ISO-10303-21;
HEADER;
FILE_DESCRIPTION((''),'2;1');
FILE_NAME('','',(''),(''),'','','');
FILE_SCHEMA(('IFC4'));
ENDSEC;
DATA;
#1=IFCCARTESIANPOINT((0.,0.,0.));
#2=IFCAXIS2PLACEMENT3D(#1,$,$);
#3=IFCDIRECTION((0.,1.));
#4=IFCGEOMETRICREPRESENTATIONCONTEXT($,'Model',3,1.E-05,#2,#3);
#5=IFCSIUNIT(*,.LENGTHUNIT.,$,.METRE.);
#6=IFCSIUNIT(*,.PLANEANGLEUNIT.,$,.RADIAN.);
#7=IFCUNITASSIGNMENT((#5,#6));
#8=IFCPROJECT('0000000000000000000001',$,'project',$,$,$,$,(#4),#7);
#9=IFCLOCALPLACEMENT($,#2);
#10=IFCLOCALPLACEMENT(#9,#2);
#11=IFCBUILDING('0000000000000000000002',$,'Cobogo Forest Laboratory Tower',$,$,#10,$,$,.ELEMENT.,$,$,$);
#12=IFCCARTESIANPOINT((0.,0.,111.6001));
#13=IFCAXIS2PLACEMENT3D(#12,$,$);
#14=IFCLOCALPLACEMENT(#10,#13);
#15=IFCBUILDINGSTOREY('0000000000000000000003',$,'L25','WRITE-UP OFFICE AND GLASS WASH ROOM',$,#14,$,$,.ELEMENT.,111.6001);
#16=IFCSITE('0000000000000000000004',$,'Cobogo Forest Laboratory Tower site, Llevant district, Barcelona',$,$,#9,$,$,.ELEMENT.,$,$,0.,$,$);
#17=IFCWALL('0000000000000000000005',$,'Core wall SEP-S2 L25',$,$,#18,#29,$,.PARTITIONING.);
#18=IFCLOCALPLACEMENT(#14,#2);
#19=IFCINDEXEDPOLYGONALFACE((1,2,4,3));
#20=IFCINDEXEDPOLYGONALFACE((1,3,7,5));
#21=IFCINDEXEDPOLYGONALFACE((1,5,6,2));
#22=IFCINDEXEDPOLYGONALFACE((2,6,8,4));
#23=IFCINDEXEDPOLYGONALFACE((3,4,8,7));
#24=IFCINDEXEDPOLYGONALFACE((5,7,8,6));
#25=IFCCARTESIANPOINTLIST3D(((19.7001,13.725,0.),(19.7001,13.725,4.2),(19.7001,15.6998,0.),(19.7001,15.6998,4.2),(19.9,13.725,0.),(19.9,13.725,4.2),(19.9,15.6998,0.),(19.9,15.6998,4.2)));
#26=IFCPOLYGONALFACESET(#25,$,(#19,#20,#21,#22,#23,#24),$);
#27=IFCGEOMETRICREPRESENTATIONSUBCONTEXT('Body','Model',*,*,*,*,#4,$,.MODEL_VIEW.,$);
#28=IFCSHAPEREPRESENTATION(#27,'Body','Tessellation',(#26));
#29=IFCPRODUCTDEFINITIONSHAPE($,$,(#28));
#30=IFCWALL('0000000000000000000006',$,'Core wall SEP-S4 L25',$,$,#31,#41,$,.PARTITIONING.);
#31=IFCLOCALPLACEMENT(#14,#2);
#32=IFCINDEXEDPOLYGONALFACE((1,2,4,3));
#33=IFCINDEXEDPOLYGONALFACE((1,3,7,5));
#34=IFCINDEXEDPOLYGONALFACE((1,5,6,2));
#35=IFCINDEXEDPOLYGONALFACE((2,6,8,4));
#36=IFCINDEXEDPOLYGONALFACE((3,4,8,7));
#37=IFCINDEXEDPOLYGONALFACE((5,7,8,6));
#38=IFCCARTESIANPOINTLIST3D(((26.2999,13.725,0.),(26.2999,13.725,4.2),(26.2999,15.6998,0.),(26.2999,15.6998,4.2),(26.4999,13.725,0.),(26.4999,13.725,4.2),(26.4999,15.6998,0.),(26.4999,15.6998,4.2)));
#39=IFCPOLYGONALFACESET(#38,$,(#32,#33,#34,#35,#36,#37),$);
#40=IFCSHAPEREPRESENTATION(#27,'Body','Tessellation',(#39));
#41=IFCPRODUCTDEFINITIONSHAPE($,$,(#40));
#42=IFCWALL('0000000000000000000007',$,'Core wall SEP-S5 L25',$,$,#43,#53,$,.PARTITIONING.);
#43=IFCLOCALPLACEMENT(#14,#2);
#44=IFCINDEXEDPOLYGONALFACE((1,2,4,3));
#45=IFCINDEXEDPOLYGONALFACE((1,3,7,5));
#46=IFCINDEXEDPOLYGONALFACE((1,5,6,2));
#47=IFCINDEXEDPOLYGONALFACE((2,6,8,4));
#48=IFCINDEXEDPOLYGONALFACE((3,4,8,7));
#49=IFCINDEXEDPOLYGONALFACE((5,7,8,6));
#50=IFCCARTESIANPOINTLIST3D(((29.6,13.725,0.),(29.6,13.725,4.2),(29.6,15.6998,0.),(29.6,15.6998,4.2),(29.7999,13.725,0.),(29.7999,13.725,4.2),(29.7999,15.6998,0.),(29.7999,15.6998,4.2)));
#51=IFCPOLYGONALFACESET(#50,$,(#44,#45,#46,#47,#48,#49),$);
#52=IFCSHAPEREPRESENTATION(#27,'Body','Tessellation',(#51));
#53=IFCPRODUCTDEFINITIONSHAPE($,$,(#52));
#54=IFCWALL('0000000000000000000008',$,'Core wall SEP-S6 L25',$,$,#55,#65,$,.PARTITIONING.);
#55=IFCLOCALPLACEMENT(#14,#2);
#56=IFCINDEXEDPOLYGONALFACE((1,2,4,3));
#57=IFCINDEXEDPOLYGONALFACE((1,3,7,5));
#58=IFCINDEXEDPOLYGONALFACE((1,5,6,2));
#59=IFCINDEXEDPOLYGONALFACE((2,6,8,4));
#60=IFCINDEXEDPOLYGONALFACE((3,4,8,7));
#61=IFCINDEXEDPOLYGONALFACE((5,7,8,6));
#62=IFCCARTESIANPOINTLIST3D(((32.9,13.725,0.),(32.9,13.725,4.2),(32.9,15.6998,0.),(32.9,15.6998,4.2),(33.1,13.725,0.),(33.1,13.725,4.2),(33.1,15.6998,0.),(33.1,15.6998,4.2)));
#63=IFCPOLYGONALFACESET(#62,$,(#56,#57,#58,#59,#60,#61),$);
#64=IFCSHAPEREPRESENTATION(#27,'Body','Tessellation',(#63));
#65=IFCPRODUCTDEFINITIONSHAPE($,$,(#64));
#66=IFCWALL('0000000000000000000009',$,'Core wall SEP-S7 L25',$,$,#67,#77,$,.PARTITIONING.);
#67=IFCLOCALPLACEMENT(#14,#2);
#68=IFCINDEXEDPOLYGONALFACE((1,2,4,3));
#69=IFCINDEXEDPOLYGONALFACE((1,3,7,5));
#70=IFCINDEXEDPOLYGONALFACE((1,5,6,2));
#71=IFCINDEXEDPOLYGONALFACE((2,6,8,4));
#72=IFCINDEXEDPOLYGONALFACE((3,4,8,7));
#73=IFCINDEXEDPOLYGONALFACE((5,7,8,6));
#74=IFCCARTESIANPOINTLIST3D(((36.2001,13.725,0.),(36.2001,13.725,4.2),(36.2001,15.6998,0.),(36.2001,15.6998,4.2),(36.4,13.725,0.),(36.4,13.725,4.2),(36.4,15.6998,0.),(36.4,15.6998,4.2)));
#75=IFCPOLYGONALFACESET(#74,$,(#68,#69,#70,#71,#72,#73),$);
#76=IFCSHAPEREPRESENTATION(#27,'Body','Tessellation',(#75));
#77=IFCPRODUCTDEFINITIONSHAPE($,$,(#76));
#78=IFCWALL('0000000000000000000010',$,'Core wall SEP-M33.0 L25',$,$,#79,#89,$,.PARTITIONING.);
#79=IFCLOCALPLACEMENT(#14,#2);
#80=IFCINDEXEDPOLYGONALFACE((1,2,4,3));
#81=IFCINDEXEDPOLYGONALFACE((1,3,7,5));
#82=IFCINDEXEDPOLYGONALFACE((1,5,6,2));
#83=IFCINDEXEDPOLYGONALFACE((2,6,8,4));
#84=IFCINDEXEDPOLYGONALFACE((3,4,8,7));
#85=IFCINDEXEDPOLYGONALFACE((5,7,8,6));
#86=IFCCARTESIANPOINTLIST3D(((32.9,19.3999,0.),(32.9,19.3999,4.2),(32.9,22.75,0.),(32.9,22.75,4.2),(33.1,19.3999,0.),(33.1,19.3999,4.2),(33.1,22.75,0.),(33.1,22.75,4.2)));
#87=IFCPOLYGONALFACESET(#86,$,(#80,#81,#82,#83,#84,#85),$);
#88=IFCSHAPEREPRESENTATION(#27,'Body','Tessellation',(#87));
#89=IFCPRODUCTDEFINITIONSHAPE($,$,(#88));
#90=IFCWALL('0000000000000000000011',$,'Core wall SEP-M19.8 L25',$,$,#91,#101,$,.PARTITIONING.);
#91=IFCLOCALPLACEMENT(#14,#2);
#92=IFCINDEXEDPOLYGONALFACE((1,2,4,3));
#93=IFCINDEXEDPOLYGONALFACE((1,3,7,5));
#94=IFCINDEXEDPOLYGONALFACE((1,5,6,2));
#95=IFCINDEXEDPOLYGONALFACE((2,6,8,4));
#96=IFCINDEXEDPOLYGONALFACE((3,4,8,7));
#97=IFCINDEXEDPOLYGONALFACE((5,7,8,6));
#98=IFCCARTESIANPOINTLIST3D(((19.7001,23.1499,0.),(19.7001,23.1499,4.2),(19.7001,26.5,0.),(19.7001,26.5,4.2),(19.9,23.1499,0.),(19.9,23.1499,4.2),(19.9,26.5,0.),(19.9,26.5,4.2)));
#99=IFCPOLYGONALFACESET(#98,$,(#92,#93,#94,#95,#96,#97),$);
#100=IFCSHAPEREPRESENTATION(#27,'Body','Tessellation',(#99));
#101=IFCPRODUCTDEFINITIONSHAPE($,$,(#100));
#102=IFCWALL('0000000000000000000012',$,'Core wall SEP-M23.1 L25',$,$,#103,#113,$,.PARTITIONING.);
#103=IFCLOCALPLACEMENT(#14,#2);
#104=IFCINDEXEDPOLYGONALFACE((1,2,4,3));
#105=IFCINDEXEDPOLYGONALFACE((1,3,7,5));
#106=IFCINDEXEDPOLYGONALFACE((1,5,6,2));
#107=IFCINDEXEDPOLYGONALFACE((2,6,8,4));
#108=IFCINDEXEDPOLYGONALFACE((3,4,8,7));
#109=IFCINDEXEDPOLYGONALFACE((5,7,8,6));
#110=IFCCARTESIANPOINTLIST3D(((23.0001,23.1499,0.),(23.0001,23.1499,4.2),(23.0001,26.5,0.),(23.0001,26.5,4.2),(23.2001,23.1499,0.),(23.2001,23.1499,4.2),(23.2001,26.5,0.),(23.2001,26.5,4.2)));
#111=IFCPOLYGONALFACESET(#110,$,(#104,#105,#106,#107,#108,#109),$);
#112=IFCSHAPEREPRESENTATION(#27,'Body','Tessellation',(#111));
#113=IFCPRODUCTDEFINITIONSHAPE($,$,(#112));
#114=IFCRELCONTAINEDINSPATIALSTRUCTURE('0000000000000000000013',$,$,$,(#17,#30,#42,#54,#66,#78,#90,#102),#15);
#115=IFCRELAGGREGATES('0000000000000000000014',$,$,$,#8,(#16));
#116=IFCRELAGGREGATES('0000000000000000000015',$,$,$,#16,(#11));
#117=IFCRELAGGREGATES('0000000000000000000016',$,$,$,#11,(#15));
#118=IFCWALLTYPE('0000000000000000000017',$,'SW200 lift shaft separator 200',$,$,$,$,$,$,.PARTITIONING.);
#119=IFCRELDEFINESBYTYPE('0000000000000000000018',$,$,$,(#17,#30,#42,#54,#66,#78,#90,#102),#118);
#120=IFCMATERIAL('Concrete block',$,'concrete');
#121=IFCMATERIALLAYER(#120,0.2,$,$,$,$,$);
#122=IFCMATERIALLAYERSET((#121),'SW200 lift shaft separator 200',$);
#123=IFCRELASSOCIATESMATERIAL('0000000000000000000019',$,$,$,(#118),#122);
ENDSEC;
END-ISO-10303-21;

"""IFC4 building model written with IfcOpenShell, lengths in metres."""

from ifc_helpers import new_model, si_unit, direction, frame, frame_2d, origin, place, context, subcontext, project, spatial, rectangle, extrude, material, layer, layer_set, type_object, element, save


model = new_model("IFC4")

# Units and contexts
model_context = context("Model", 3, precision=1e-05, world=origin(), true_north=direction((0.0, 1.0)))
body_context = subcontext(model_context, "Body", "Model", "MODEL_VIEW")
ifc_project = project(units=[si_unit("LENGTHUNIT", "METRE"), si_unit("PLANEANGLEUNIT", "RADIAN")], contexts=[model_context])

# Site, building, storey
site_placement = place(None, origin())
site = spatial("IfcSite", under=ifc_project, at=site_placement, Name="Cobogo Forest Laboratory Tower site, Llevant district, Barcelona", CompositionType="ELEMENT", RefElevation=0.0)
building_placement = place(site_placement, origin())
building = spatial("IfcBuilding", under=site, at=building_placement, Name="Cobogo Forest Laboratory Tower", CompositionType="ELEMENT")
storey_placement = place(building_placement, frame((0.0, 0.0, 111.6001)))
storey = spatial("IfcBuildingStorey", under=building, at=storey_placement, Name="L25", Description="WRITE-UP OFFICE AND GLASS WASH ROOM", CompositionType="ELEMENT", Elevation=111.6001)

# Walls
ifc_material_1 = material(Name="Concrete block", Category="concrete")
ifc_layer_1 = layer(ifc_material_1, 0.2)
ifc_layer_set_1 = layer_set([ifc_layer_1], Name="SW200 lift shaft separator 200")
wall_type_1 = type_object("IfcWallType", Name="SW200 lift shaft separator 200", PredefinedType="PARTITIONING", material=ifc_layer_set_1)
for number, where, z_axis, x_axis, name in (
    (1, (19.8, 13.7251, 0.0), (0.0, 0.0, 1.0), (0.0, 1.0, 0.0), "Core wall SEP-S2 L25"),
    (2, (26.3999, 13.7251, 0.0), (0.0, 0.0, 1.0), (0.0, 1.0, 0.0), "Core wall SEP-S4 L25"),
    (3, (29.7, 13.7251, 0.0), (0.0, 0.0, 1.0), (0.0, 1.0, 0.0), "Core wall SEP-S5 L25"),
    (4, (33.0, 13.7251, 0.0), (0.0, 0.0, 1.0), (0.0, 1.0, 0.0), "Core wall SEP-S6 L25"),
    (5, (36.3, 13.7251, 0.0), (0.0, 0.0, 1.0), (0.0, 1.0, 0.0), "Core wall SEP-S7 L25"),
):
    element("IfcWall", number, at=place(storey_placement, frame(where, z_axis=z_axis, x_axis=x_axis)), inside=storey, type_object=wall_type_1, Name=name, PredefinedType="PARTITIONING", context=body_context, shape_type="SweptSolid", body=[
        extrude(rectangle(XDim=1.9749, YDim=0.2, at=frame_2d((0.9873, 0.0))), origin(), (0.0, 0.0, 1.0), 4.2),
    ])
for number, where, z_axis, x_axis, name in (
    (6, (33.0, 19.3999, 0.0), (0.0, 0.0, 1.0), (0.0, 1.0, 0.0), "Core wall SEP-M33.0 L25"),
    (7, (19.8, 23.1499, 0.0), (0.0, 0.0, 1.0), (0.0, 1.0, 0.0), "Core wall SEP-M19.8 L25"),
    (8, (23.1001, 23.1499, 0.0), (0.0, 0.0, 1.0), (0.0, 1.0, 0.0), "Core wall SEP-M23.1 L25"),
):
    element("IfcWall", number, at=place(storey_placement, frame(where, z_axis=z_axis, x_axis=x_axis)), inside=storey, type_object=wall_type_1, Name=name, PredefinedType="PARTITIONING", context=body_context, shape_type="SweptSolid", body=[
        extrude(rectangle(XDim=3.3501, YDim=0.2, at=frame_2d((1.675, 0.0))), origin(), (0.0, 0.0, 1.0), 4.2),
    ])

save(model, "model.ifc")
